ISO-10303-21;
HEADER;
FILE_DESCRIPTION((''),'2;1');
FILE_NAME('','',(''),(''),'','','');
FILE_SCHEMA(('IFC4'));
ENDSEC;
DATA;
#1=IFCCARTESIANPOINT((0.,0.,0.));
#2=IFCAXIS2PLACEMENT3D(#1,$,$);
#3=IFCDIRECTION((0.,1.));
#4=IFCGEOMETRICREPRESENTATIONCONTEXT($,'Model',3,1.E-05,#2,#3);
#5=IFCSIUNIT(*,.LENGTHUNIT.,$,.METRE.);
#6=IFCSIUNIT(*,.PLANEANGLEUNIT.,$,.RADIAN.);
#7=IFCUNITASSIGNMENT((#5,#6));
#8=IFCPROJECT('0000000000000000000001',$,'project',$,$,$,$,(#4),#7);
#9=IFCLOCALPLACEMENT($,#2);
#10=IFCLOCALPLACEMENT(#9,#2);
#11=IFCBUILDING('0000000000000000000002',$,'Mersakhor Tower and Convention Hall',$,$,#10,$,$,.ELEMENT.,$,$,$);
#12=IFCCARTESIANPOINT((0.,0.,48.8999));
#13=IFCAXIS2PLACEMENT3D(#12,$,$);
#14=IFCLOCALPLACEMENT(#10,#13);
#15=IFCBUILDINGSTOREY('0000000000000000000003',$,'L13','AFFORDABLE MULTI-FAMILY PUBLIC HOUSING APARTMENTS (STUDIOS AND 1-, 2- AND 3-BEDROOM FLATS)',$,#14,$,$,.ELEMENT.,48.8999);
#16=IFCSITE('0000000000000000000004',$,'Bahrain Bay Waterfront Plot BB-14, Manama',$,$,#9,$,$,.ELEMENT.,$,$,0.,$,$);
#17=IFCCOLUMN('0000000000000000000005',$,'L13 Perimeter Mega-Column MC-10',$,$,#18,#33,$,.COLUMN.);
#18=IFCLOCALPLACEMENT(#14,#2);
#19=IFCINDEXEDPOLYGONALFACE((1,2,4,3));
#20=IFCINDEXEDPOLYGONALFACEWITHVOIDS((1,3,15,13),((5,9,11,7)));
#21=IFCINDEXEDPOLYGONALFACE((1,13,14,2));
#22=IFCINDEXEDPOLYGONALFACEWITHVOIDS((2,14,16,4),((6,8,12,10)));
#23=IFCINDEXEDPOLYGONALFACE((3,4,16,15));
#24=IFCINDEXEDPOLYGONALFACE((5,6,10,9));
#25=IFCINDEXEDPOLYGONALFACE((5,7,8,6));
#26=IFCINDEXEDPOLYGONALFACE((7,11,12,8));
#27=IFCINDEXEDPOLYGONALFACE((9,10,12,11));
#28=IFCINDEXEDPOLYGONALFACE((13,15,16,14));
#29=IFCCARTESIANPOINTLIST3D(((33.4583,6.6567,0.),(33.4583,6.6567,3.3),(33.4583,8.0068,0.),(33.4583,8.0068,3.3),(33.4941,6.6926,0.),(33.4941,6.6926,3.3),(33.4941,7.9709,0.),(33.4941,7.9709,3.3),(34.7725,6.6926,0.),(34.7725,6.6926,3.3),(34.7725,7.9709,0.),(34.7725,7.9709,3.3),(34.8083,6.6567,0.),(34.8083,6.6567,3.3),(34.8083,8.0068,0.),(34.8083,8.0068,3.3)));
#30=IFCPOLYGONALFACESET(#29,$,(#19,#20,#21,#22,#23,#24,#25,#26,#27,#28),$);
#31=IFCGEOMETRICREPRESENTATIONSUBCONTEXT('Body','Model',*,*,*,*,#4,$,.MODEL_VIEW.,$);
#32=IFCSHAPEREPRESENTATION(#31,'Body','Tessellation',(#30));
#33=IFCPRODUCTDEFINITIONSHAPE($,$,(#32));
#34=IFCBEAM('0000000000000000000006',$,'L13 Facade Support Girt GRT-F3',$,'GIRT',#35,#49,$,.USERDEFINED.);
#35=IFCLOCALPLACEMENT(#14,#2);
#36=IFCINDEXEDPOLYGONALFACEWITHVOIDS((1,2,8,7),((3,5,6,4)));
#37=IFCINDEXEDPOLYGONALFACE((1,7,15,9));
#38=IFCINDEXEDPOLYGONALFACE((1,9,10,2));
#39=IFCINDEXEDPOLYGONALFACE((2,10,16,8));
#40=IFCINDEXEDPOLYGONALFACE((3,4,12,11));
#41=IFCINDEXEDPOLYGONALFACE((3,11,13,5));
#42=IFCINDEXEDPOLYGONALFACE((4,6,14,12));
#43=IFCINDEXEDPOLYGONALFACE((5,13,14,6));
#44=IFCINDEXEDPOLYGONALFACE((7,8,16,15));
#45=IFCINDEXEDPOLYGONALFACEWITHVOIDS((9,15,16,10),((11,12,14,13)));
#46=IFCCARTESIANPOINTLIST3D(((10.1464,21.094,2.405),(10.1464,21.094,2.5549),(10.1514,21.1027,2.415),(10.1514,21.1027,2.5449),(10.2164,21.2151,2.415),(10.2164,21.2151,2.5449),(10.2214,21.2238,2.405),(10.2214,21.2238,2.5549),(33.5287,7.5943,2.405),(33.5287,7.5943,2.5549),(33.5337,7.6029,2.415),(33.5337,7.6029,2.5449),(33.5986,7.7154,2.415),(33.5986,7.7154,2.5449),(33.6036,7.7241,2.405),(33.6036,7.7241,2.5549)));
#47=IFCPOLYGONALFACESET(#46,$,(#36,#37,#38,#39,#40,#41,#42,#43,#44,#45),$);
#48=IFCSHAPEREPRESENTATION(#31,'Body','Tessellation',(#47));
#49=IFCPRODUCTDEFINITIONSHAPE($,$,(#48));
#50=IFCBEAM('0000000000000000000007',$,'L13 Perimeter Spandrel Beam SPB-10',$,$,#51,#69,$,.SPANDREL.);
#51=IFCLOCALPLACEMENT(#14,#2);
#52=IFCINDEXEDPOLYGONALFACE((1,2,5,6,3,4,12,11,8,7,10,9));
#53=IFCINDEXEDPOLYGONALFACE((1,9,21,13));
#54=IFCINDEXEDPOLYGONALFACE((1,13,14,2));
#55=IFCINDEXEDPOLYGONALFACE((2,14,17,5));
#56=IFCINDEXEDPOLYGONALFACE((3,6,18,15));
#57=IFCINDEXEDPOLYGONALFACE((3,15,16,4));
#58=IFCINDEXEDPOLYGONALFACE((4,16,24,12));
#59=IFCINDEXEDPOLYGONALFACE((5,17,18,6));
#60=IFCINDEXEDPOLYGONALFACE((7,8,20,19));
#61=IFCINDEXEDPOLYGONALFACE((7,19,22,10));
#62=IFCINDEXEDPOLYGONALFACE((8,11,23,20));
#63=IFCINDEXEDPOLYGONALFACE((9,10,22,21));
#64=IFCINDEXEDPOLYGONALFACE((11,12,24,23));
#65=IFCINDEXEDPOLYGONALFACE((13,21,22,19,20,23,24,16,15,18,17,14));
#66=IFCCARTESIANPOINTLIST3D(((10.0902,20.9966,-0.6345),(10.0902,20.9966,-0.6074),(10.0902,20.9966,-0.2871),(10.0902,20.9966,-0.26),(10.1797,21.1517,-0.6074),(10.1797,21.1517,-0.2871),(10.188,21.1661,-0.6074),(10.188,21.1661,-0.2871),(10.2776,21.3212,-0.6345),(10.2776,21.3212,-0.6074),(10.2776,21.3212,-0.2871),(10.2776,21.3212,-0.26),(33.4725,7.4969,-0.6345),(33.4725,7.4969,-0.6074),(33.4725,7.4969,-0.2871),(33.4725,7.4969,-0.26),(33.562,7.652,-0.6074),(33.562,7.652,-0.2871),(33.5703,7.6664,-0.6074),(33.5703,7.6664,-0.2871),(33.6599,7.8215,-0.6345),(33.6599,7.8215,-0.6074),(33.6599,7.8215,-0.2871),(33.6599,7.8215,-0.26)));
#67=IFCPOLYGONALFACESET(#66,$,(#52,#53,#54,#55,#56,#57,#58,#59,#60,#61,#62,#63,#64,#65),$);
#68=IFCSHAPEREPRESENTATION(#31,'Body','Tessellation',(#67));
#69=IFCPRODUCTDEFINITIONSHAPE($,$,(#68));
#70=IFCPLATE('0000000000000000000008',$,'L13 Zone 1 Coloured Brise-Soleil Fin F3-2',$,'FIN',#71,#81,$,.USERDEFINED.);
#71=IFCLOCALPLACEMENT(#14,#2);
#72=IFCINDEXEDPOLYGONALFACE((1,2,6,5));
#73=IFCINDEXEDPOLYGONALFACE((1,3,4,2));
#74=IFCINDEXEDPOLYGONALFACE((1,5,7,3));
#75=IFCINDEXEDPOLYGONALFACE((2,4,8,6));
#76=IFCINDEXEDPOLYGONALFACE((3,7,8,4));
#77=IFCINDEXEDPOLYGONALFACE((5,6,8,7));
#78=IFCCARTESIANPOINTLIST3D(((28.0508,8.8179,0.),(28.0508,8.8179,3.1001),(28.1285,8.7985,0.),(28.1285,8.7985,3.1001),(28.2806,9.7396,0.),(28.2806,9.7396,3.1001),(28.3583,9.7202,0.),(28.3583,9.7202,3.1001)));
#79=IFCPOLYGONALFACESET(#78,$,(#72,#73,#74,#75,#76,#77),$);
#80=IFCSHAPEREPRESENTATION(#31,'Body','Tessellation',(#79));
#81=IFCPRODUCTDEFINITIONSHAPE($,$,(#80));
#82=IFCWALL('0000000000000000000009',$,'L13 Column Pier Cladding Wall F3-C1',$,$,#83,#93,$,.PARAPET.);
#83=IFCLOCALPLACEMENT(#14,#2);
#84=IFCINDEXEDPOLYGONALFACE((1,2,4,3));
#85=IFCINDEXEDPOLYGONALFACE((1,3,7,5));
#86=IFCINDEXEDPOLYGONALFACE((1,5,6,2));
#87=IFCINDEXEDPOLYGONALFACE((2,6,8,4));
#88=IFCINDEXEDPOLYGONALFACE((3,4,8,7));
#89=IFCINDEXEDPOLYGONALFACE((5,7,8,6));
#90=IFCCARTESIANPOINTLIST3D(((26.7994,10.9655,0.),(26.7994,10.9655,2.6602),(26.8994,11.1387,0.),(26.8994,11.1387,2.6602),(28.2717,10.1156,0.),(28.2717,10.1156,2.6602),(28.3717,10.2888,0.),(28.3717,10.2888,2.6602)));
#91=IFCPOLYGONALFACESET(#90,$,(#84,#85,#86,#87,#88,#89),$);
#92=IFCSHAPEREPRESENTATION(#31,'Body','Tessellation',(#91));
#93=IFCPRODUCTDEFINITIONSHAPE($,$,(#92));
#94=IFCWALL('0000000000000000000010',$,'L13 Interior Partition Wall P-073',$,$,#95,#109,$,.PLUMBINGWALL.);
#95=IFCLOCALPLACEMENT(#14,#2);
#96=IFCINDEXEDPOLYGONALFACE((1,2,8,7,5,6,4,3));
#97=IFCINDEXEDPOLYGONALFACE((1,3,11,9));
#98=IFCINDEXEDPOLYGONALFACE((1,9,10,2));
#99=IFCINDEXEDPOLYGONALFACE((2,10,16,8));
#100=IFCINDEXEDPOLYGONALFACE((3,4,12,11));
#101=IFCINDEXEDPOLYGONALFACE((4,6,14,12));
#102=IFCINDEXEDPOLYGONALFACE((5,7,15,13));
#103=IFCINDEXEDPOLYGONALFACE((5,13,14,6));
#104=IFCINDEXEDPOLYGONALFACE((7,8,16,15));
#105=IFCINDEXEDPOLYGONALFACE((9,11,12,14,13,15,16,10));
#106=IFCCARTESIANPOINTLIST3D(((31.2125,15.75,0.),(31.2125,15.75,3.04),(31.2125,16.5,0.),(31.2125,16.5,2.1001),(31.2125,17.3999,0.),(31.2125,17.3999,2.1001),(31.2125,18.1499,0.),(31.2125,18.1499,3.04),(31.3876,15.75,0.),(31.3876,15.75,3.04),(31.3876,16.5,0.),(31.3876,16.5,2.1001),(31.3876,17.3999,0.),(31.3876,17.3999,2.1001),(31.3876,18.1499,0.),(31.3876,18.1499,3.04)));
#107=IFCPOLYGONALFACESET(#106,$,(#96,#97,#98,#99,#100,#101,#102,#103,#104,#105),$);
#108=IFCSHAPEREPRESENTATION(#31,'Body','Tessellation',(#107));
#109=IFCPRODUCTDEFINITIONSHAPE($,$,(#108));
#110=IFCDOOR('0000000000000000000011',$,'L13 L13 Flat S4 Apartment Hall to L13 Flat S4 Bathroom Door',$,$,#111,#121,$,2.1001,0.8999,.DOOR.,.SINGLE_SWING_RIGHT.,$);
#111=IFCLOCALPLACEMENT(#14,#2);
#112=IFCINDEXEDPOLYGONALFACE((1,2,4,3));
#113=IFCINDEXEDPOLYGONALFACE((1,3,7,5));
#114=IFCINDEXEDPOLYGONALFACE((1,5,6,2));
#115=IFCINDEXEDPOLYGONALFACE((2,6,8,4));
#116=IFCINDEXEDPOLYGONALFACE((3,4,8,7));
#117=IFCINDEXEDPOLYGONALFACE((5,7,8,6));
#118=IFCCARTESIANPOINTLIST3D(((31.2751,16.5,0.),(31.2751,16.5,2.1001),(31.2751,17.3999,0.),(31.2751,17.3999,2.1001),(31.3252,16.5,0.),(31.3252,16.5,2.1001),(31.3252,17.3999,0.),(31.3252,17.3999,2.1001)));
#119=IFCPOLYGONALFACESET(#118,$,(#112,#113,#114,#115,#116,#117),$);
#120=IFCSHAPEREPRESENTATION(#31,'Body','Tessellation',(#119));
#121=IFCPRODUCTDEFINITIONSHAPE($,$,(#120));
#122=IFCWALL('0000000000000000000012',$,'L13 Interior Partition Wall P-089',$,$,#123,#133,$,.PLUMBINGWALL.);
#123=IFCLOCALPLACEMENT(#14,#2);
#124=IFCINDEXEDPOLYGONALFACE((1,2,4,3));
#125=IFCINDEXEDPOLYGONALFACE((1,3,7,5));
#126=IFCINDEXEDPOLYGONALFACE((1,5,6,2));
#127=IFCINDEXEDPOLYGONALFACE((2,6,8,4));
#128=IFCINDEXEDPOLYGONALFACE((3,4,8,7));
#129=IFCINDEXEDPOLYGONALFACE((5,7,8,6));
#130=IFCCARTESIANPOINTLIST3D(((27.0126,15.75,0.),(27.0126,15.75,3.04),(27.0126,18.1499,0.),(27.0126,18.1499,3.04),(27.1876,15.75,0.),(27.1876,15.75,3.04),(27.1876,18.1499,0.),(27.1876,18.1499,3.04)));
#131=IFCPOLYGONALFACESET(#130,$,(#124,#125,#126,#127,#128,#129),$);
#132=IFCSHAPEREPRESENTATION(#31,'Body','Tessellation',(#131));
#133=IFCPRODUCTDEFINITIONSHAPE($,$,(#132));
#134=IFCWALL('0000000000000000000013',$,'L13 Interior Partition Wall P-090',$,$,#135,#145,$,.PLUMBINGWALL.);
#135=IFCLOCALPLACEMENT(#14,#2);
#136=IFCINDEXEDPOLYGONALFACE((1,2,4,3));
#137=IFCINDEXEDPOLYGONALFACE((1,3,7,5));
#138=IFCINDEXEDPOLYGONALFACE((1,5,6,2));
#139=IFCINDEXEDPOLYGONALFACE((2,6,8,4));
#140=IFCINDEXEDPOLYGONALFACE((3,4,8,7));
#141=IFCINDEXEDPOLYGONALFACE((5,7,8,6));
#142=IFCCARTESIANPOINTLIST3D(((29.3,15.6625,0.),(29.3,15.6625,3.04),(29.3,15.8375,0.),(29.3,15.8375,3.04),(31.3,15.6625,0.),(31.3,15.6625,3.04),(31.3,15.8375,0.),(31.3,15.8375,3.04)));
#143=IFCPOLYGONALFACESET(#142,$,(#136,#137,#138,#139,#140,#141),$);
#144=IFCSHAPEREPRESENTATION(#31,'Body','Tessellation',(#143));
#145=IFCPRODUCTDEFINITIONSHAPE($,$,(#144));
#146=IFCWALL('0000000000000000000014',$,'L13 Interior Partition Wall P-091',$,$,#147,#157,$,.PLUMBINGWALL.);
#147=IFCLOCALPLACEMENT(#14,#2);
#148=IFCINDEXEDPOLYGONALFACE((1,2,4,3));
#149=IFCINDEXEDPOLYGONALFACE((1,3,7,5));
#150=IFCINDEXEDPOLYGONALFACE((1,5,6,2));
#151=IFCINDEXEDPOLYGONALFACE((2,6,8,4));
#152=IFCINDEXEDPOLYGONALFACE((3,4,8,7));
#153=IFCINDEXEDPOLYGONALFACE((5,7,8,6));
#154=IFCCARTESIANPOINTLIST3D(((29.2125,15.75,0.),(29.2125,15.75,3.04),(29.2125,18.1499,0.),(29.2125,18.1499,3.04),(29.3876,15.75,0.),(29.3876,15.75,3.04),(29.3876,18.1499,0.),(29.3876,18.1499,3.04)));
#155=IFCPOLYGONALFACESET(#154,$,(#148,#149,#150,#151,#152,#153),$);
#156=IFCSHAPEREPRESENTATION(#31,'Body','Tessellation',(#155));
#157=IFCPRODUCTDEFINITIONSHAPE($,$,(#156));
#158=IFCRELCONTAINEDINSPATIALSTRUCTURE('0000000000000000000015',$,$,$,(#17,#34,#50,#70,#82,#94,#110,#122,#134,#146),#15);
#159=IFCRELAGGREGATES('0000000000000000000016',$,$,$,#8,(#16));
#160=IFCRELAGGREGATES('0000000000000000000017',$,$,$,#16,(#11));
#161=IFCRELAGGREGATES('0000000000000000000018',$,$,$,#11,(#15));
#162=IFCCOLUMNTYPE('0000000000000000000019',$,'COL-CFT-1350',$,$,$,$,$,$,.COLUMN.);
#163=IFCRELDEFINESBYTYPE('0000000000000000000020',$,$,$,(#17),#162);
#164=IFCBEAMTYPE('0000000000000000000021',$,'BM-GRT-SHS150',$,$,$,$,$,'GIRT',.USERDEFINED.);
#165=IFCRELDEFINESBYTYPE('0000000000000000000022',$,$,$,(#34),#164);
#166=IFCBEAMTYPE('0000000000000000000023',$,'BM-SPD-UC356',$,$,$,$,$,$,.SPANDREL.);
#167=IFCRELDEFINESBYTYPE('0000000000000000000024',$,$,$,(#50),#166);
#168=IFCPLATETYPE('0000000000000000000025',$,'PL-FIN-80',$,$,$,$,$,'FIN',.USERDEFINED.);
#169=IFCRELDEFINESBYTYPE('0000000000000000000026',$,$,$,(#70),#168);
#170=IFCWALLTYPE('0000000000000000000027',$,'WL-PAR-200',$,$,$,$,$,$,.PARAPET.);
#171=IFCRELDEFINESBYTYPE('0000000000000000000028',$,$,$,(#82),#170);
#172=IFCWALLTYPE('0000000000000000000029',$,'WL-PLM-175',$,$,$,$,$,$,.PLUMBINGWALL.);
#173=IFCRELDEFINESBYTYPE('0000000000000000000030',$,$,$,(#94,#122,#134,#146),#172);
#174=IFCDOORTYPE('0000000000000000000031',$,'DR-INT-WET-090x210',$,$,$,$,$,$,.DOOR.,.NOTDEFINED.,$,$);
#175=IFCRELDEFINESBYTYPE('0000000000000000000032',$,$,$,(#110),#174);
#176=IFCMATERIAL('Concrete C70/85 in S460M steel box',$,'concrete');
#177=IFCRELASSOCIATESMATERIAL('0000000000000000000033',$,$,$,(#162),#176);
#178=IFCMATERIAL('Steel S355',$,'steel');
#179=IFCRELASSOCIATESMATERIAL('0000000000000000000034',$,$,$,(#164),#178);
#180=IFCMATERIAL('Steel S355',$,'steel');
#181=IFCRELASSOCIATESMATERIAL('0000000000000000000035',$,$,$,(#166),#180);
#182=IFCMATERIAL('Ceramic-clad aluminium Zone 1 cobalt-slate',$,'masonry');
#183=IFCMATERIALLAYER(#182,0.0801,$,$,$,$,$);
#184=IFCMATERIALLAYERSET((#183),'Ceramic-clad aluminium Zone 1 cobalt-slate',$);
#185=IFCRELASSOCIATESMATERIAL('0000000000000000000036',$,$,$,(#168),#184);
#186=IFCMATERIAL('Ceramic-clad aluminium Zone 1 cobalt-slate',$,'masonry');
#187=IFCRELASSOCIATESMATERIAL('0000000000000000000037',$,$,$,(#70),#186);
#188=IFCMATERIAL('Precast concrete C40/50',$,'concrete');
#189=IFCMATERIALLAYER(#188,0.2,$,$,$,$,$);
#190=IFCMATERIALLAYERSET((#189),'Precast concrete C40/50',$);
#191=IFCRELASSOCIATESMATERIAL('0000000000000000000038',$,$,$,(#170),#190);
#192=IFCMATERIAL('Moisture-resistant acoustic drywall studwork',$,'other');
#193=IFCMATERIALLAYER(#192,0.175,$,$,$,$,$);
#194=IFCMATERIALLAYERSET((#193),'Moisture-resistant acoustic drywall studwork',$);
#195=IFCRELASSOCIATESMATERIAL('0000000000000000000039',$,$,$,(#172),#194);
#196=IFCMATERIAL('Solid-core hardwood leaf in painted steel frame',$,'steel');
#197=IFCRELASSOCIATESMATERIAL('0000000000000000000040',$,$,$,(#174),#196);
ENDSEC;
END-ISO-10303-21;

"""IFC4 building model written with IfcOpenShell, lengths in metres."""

from ifc_helpers import new_model, si_unit, direction, frame, frame_2d, origin, origin_2d, place, context, subcontext, project, spatial, rectangle, hollow_rectangle, i_section, extrude, material, layer, layer_set, material_profile, profile_set, type_object, element, fill, save


model = new_model("IFC4")

# Units and contexts
model_context = context("Model", 3, precision=1e-05, world=origin(), true_north=direction((0.0, 1.0)))
body_context = subcontext(model_context, "Body", "Model", "MODEL_VIEW")
ifc_project = project(units=[si_unit("LENGTHUNIT", "METRE"), si_unit("PLANEANGLEUNIT", "RADIAN")], contexts=[model_context])

# Site, building, storey
site_placement = place(None, origin())
site = spatial("IfcSite", under=ifc_project, at=site_placement, Name="Bahrain Bay Waterfront Plot BB-14, Manama", CompositionType="ELEMENT", RefElevation=0.0)
building_placement = place(site_placement, origin())
building = spatial("IfcBuilding", under=site, at=building_placement, Name="Mersakhor Tower and Convention Hall", CompositionType="ELEMENT")
storey_placement = place(building_placement, frame((0.0, 0.0, 48.8999)))
storey = spatial("IfcBuildingStorey", under=building, at=storey_placement, Name="L13", Description="AFFORDABLE MULTI-FAMILY PUBLIC HOUSING APARTMENTS (STUDIOS AND 1-, 2- AND 3-BEDROOM FLATS)", CompositionType="ELEMENT", Elevation=48.8999)

# Column
ifc_material_1 = material(Name="Concrete C70/85 in S460M steel box", Category="concrete")
ifc_material_profile_1 = material_profile(ifc_material_1, hollow_rectangle(XDim=1.3501, YDim=1.3501, WallThickness=0.0359, at=origin_2d()), Name="SHS 1350x1350x36")
ifc_profile_set_1 = profile_set([ifc_material_profile_1], Name="Concrete C70/85 in S460M steel box")
column_type = type_object("IfcColumnType", Name="COL-CFT-1350", PredefinedType="COLUMN", material=ifc_profile_set_1)
column_placement = place(storey_placement, frame((34.1333, 7.3318, 0.0), z_axis=(0.0, 0.0, 1.0), x_axis=(1.0, 0.0, 0.0)))
element("IfcColumn", 1, at=column_placement, inside=storey, type_object=column_type, Name="L13 Perimeter Mega-Column MC-10", PredefinedType="COLUMN", context=body_context, shape_type="SweptSolid", body=[
    extrude(hollow_rectangle(XDim=1.3501, YDim=1.3501, WallThickness=0.0359, at=origin_2d()), origin(), (0.0, 0.0, 1.0), 3.3),
])

# Beams
ifc_material_2 = material(Name="Steel S355", Category="steel")
ifc_material_profile_2 = material_profile(ifc_material_2, hollow_rectangle(XDim=0.1499, YDim=0.1499, WallThickness=0.01, at=origin_2d()), Name="SHS 150x150x10")
ifc_profile_set_2 = profile_set([ifc_material_profile_2], Name="Steel S355")
beam_type_1 = type_object("IfcBeamType", Name="BM-GRT-SHS150", ElementType="GIRT", PredefinedType="USERDEFINED", material=ifc_profile_set_2)
beam_1_placement = place(storey_placement, frame((33.5662, 7.6592, 2.48), z_axis=(-0.866026, 0.499999, 0.0), x_axis=(-0.499999, -0.866026, 0.0)))
element("IfcBeam", 2, at=beam_1_placement, inside=storey, type_object=beam_type_1, Name="L13 Facade Support Girt GRT-F3", ObjectType="GIRT", PredefinedType="USERDEFINED", context=body_context, shape_type="SweptSolid", body=[
    extrude(hollow_rectangle(XDim=0.1499, YDim=0.1499, WallThickness=0.01, at=origin_2d()), origin(), (0.0, 0.0, 1.0), 26.9995),
])
ifc_material_3 = material(Name="Steel S355", Category="steel")
ifc_material_profile_3 = material_profile(ifc_material_3, i_section(OverallWidth=0.3748, OverallDepth=0.3745, WebThickness=0.0166, FlangeThickness=0.0271, at=origin_2d()), Name="UC 356x368x202")
ifc_profile_set_3 = profile_set([ifc_material_profile_3], Name="Steel S355")
beam_type_2 = type_object("IfcBeamType", Name="BM-SPD-UC356", PredefinedType="SPANDREL", material=ifc_profile_set_3)
beam_2_placement = place(storey_placement, frame((33.5662, 7.6592, -0.4473), z_axis=(-0.866026, 0.499999, 0.0), x_axis=(-0.499999, -0.866026, 0.0)))
element("IfcBeam", 3, at=beam_2_placement, inside=storey, type_object=beam_type_2, Name="L13 Perimeter Spandrel Beam SPB-10", PredefinedType="SPANDREL", context=body_context, shape_type="SweptSolid", body=[
    extrude(i_section(OverallWidth=0.3748, OverallDepth=0.3745, WebThickness=0.0166, FlangeThickness=0.0271, at=origin_2d()), origin(), (0.0, 0.0, 1.0), 26.9995),
])

# Plate
ifc_material_4 = material(Name="Ceramic-clad aluminium Zone 1 cobalt-slate", Category="masonry")
ifc_material_5 = material(Name="Ceramic-clad aluminium Zone 1 cobalt-slate", Category="masonry")
ifc_layer_1 = layer(ifc_material_5, 0.0801)
ifc_layer_set_1 = layer_set([ifc_layer_1], Name="Ceramic-clad aluminium Zone 1 cobalt-slate")
plate_type = type_object("IfcPlateType", Name="PL-FIN-80", ElementType="FIN", PredefinedType="USERDEFINED", material=ifc_layer_set_1)
plate_placement = place(storey_placement, frame((28.2046, 9.269, 0.0), z_axis=(0.0, 0.0, 1.0), x_axis=(-0.241922, -0.970296, 0.0)))
element("IfcPlate", 4, at=plate_placement, inside=storey, type_object=plate_type, material=ifc_material_4, Name="L13 Zone 1 Coloured Brise-Soleil Fin F3-2", ObjectType="FIN", PredefinedType="USERDEFINED", context=body_context, shape_type="SweptSolid", body=[
    extrude(rectangle(XDim=0.95, YDim=0.0801, at=origin_2d()), origin(), (0.0, 0.0, 1.0), 3.1001),
])

# Wall
ifc_material_6 = material(Name="Precast concrete C40/50", Category="concrete")
ifc_layer_2 = layer(ifc_material_6, 0.2)
ifc_layer_set_2 = layer_set([ifc_layer_2], Name="Precast concrete C40/50")
wall_type_1 = type_object("IfcWallType", Name="WL-PAR-200", PredefinedType="PARAPET", material=ifc_layer_set_2)
wall_1_placement = place(storey_placement, frame((28.3218, 10.2021, 0.0), z_axis=(0.0, 0.0, 1.0), x_axis=(-0.866052, 0.499955, 0.0)))
element("IfcWall", 5, at=wall_1_placement, inside=storey, type_object=wall_type_1, Name="L13 Column Pier Cladding Wall F3-C1", PredefinedType="PARAPET", context=body_context, shape_type="SweptSolid", body=[
    extrude(rectangle(XDim=1.7, YDim=0.2, at=frame_2d((0.8501, 0.0))), origin(), (0.0, 0.0, 1.0), 2.6602),
])

# Wall, opening, door
ifc_material_7 = material(Name="Moisture-resistant acoustic drywall studwork", Category="other")
ifc_layer_3 = layer(ifc_material_7, 0.175)
ifc_layer_set_3 = layer_set([ifc_layer_3], Name="Moisture-resistant acoustic drywall studwork")
wall_type_2 = type_object("IfcWallType", Name="WL-PLM-175", PredefinedType="PLUMBINGWALL", material=ifc_layer_set_3)
wall_2_placement = place(storey_placement, frame((31.3, 15.75, 0.0), z_axis=(0.0, 0.0, 1.0), x_axis=(0.0, 1.0, 0.0)))
wall_2 = element("IfcWall", 6, at=wall_2_placement, inside=storey, type_object=wall_type_2, Name="L13 Interior Partition Wall P-073", PredefinedType="PLUMBINGWALL", context=body_context, shape_type="SweptSolid", body=[
    extrude(rectangle(XDim=2.3999, YDim=0.175, at=frame_2d((1.2, 0.0))), origin(), (0.0, 0.0, 1.0), 3.04),
])
opening_1_placement = place(wall_2_placement, frame((0.75, 0.0, 0.0)))
opening_1 = element("IfcOpeningElement", 7, at=opening_1_placement, cuts=wall_2, PredefinedType="OPENING", context=body_context, shape_type="SweptSolid", body=[
    extrude(rectangle(XDim=0.8999, YDim=2.1001, at=frame_2d((0.45, 1.05))), frame((0.0, 0.0974, 0.0), z_axis=(0.0, -1.0, 0.0), x_axis=(1.0, 0.0, 0.0)), (0.0, 0.0, 1.0), 0.1951),
])
ifc_material_8 = material(Name="Solid-core hardwood leaf in painted steel frame", Category="steel")
door_type_1 = type_object("IfcDoorType", Name="DR-INT-WET-090x210", OperationType="NOTDEFINED", PredefinedType="DOOR", material=ifc_material_8)
door_1_placement = place(opening_1_placement, origin())
door_1 = element("IfcDoor", 8, at=door_1_placement, inside=storey, type_object=door_type_1, Name="L13 L13 Flat S4 Apartment Hall to L13 Flat S4 Bathroom Door", OperationType="SINGLE_SWING_RIGHT", OverallHeight=2.1001, OverallWidth=0.8999, PredefinedType="DOOR", context=body_context, shape_type="SweptSolid", body=[
    extrude(rectangle(XDim=0.8999, YDim=2.1001, at=frame_2d((0.45, 1.05))), frame((0.0, 0.0249, 0.0), z_axis=(0.0, -1.0, 0.0), x_axis=(1.0, 0.0, 0.0)), (0.0, 0.0, 1.0), 0.05),
])
fill(opening_1, door_1)

# Walls
wall_3_placement = place(storey_placement, frame((27.1001, 18.1499, 0.0), z_axis=(0.0, 0.0, 1.0), x_axis=(0.0, -1.0, 0.0)))
element("IfcWall", 9, at=wall_3_placement, inside=storey, type_object=wall_type_2, Name="L13 Interior Partition Wall P-089", PredefinedType="PLUMBINGWALL", context=body_context, shape_type="SweptSolid", body=[
    extrude(rectangle(XDim=2.3999, YDim=0.175, at=frame_2d((1.2, 0.0))), origin(), (0.0, 0.0, 1.0), 3.04),
])
wall_4_placement = place(storey_placement, frame((31.3, 15.75, 0.0), z_axis=(0.0, 0.0, 1.0), x_axis=(-1.0, 0.0, 0.0)))
element("IfcWall", 10, at=wall_4_placement, inside=storey, type_object=wall_type_2, Name="L13 Interior Partition Wall P-090", PredefinedType="PLUMBINGWALL", context=body_context, shape_type="SweptSolid", body=[
    extrude(rectangle(XDim=2.0, YDim=0.175, at=frame_2d((1.0, 0.0))), origin(), (0.0, 0.0, 1.0), 3.04),
])
wall_5_placement = place(storey_placement, frame((29.3, 15.75, 0.0), z_axis=(0.0, 0.0, 1.0), x_axis=(0.0, 1.0, 0.0)))
element("IfcWall", 11, at=wall_5_placement, inside=storey, type_object=wall_type_2, Name="L13 Interior Partition Wall P-091", PredefinedType="PLUMBINGWALL", context=body_context, shape_type="SweptSolid", body=[
    extrude(rectangle(XDim=2.3999, YDim=0.175, at=frame_2d((1.2, 0.0))), origin(), (0.0, 0.0, 1.0), 3.04),
])

save(model, "model.ifc")
